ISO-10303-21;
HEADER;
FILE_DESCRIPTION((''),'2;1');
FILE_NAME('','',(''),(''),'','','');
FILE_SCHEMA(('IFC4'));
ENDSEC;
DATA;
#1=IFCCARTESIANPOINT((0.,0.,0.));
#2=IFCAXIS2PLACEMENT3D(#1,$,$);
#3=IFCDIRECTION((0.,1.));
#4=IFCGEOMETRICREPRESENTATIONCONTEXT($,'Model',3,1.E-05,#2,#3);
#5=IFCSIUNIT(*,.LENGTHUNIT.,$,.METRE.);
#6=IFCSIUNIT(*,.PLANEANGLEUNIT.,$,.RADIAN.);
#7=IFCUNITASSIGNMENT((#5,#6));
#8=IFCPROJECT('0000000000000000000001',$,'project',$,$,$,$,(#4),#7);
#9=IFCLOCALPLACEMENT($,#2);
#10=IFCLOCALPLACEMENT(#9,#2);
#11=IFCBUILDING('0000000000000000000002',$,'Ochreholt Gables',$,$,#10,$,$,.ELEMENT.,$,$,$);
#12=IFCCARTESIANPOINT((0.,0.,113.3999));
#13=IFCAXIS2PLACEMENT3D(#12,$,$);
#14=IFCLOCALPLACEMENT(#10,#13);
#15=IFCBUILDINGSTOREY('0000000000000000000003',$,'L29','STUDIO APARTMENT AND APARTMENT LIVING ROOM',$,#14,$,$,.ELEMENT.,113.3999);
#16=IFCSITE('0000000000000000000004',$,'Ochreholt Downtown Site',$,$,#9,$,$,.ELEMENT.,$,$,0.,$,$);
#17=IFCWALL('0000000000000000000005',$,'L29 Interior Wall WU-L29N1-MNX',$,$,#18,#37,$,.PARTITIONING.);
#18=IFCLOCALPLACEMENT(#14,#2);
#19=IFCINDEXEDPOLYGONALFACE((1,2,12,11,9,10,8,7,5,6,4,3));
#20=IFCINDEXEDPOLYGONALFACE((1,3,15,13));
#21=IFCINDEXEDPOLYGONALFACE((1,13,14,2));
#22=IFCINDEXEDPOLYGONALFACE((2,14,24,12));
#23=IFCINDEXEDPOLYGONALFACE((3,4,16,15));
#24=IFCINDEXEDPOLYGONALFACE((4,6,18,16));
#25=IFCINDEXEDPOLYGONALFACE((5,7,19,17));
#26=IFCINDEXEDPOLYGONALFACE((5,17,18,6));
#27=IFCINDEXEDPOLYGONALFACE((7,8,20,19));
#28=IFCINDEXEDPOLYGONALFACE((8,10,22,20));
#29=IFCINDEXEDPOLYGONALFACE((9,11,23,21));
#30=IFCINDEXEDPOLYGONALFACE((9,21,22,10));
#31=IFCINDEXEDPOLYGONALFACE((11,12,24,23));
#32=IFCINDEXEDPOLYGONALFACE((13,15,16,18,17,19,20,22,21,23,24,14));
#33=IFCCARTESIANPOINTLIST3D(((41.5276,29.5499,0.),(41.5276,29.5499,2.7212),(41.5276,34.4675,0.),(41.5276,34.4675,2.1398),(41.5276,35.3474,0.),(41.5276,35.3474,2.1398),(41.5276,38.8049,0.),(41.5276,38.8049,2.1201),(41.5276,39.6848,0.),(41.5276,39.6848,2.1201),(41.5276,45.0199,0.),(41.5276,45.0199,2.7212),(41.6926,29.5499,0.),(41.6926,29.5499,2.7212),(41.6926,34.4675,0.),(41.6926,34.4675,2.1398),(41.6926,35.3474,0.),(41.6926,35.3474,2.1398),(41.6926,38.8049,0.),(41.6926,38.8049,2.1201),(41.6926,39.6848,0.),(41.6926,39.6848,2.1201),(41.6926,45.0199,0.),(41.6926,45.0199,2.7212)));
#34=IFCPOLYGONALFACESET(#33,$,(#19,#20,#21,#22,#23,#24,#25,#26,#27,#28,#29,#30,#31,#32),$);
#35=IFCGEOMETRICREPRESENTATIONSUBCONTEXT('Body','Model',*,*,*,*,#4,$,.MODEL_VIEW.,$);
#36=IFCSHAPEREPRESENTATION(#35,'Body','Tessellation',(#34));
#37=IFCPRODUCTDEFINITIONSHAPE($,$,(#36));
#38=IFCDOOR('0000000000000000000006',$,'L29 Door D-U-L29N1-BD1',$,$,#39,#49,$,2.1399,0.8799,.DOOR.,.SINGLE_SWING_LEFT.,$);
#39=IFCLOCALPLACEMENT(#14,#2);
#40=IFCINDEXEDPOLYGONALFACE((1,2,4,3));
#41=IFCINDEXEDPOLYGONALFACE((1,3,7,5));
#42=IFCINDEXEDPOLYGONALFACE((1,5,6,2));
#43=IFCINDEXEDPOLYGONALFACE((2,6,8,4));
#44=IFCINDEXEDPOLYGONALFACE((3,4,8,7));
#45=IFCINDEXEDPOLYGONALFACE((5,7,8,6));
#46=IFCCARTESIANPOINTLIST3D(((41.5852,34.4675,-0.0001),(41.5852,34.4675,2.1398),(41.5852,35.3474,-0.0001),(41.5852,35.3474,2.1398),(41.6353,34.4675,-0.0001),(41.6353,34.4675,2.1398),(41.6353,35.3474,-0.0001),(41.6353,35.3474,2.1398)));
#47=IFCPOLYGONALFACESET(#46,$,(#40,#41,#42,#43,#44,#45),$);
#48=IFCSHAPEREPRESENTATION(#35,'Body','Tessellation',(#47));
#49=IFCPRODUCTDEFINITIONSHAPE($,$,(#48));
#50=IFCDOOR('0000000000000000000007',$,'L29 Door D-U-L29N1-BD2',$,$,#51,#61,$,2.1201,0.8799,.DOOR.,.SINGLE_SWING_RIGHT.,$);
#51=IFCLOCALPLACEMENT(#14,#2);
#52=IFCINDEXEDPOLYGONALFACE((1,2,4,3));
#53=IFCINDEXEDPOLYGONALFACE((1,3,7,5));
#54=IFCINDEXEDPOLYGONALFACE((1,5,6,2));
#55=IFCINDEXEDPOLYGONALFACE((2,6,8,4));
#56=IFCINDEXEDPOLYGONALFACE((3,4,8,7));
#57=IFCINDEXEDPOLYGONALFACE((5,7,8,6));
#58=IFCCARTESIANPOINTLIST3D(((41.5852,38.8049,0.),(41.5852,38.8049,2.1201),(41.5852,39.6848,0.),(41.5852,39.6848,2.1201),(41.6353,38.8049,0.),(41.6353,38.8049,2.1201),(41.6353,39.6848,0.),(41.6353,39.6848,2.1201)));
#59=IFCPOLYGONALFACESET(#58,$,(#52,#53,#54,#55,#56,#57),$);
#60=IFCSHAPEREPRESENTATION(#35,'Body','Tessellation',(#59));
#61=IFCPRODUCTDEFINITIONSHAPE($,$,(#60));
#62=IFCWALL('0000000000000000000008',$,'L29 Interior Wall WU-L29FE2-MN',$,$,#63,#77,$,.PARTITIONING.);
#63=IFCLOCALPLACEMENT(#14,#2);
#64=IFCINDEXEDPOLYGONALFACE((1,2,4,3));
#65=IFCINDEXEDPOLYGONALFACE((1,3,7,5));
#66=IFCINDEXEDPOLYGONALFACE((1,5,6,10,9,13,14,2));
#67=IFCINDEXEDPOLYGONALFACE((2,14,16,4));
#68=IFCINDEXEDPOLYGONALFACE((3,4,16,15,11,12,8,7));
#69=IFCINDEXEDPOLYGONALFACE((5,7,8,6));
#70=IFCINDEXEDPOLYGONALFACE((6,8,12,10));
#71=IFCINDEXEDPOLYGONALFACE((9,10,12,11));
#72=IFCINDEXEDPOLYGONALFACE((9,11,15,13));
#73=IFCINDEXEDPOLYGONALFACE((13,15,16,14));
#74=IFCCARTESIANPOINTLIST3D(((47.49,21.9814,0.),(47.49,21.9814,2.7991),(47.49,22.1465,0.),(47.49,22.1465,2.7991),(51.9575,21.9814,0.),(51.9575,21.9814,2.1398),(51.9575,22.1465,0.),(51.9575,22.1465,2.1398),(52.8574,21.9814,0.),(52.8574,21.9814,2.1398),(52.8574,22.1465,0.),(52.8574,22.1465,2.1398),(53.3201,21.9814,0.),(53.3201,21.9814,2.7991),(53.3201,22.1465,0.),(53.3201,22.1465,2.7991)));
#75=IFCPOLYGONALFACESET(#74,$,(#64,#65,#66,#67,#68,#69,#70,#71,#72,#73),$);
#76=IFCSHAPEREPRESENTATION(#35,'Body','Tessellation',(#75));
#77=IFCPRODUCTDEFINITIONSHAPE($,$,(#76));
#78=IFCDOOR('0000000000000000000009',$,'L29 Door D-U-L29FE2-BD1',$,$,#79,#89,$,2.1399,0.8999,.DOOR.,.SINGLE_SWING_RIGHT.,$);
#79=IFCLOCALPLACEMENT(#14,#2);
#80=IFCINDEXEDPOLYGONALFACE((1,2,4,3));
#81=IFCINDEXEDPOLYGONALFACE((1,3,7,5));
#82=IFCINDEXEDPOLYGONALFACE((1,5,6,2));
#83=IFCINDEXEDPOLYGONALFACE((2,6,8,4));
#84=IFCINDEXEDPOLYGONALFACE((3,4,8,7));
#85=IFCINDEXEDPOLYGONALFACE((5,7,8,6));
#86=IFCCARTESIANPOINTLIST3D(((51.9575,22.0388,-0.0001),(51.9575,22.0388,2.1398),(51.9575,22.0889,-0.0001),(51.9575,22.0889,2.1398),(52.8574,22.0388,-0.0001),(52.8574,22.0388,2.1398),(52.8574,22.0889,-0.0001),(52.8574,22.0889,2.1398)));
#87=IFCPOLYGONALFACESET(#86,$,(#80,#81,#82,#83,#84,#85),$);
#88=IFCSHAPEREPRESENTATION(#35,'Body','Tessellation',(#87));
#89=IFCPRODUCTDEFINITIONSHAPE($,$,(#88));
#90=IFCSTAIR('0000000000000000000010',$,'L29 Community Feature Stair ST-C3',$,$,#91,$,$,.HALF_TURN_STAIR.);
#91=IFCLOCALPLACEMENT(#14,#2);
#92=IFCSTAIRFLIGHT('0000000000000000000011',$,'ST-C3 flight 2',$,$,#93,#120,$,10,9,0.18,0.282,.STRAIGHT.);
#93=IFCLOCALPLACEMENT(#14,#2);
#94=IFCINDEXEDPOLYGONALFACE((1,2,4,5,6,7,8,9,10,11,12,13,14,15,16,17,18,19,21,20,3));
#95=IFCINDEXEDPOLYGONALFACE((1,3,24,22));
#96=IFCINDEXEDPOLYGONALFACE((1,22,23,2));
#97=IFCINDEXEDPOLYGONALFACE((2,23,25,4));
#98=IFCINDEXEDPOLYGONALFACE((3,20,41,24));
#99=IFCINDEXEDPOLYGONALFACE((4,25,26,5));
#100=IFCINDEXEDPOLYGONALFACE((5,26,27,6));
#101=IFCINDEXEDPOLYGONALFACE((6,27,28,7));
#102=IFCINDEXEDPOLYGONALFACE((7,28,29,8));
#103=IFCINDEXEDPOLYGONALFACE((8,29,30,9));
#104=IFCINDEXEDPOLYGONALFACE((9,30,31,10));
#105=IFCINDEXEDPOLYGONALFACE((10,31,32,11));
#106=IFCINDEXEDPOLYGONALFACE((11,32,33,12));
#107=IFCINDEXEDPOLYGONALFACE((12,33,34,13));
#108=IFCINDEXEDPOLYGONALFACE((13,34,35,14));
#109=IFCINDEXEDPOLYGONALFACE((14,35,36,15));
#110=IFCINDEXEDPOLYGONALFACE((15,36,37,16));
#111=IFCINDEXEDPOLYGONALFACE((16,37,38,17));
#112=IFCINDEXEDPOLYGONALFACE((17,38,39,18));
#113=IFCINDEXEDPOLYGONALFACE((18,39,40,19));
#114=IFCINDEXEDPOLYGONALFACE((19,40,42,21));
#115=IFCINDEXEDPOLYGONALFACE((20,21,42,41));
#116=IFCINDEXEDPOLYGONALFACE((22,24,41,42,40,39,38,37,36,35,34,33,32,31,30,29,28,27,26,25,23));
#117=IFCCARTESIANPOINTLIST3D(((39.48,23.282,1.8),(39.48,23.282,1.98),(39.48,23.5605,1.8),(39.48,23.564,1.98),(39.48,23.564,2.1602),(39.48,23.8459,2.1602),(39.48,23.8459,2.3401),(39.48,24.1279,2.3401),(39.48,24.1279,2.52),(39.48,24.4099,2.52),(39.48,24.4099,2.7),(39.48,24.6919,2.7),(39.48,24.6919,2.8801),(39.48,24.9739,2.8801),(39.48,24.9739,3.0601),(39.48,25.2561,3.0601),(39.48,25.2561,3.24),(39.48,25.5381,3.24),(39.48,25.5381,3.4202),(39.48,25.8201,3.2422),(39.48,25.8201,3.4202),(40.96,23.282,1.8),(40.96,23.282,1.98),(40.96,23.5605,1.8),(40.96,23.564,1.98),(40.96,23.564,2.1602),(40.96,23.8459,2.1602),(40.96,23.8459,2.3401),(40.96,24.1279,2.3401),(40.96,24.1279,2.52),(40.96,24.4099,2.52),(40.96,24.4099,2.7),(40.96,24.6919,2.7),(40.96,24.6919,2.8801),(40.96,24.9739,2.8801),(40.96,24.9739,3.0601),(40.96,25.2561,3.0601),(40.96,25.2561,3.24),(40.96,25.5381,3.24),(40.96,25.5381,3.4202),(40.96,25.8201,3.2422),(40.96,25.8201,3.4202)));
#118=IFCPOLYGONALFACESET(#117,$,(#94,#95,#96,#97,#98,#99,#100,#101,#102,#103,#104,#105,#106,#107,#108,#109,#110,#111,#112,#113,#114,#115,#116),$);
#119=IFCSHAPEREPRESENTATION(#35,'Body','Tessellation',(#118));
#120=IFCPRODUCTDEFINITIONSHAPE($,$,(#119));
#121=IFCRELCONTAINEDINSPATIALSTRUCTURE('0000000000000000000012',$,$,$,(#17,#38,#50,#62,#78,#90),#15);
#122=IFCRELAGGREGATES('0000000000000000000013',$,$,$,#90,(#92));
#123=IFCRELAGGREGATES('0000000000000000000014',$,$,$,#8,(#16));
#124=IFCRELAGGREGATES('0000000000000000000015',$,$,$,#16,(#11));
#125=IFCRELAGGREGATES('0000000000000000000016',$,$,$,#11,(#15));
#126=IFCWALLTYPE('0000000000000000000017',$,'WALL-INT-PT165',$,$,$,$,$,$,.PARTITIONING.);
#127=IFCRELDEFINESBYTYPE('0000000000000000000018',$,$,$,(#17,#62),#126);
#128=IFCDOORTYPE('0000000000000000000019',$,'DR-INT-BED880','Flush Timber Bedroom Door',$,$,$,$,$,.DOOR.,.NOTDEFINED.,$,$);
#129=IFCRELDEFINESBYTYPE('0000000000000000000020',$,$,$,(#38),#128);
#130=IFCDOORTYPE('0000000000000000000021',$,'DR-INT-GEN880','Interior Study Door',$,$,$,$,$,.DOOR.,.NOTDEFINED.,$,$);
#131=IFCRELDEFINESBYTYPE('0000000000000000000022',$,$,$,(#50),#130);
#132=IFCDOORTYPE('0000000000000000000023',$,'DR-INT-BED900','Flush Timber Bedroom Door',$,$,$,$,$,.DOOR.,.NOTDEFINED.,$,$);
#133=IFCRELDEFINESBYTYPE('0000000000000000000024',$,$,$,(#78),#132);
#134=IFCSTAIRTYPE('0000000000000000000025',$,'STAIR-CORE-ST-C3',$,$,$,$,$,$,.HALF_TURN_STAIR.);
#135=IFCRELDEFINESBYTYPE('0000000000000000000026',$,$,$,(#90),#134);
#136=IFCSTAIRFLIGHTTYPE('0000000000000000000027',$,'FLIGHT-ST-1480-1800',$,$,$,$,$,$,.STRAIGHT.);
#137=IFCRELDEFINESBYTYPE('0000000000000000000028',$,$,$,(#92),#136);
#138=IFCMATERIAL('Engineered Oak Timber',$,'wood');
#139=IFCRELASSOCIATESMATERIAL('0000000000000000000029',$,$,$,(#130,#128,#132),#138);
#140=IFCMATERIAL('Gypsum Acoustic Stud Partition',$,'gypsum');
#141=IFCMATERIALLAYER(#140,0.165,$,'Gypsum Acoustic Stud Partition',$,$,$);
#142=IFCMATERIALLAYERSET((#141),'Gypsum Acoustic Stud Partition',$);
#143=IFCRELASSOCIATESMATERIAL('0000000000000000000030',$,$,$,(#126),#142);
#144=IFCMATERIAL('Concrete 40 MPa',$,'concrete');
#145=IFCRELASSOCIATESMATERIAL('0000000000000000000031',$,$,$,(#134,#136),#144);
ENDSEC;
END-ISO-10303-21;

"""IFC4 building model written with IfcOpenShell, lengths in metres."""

from ifc_helpers import new_model, si_unit, direction, frame, frame_2d, origin, place, context, subcontext, project, spatial, polyline, rectangle, outline, extrude, material, layer, layer_set, type_object, element, fill, aggregate, save


model = new_model("IFC4")

# Units and contexts
model_context = context("Model", 3, precision=1e-05, world=origin(), true_north=direction((0.0, 1.0)))
body_context = subcontext(model_context, "Body", "Model", "MODEL_VIEW")
ifc_project = project(units=[si_unit("LENGTHUNIT", "METRE"), si_unit("PLANEANGLEUNIT", "RADIAN")], contexts=[model_context])

# Site, building, storey
site_placement = place(None, origin())
site = spatial("IfcSite", under=ifc_project, at=site_placement, Name="Ochreholt Downtown Site", CompositionType="ELEMENT", RefElevation=0.0)
building_placement = place(site_placement, origin())
building = spatial("IfcBuilding", under=site, at=building_placement, Name="Ochreholt Gables", CompositionType="ELEMENT")
storey_placement = place(building_placement, frame((0.0, 0.0, 113.3999)))
storey = spatial("IfcBuildingStorey", under=building, at=storey_placement, Name="L29", Description="STUDIO APARTMENT AND APARTMENT LIVING ROOM", CompositionType="ELEMENT", Elevation=113.3999)

# Shared definitions
ifc_material_1 = material(Name="Engineered Oak Timber", Category="wood")
door_type_1 = type_object("IfcDoorType", Name="DR-INT-GEN880", Description="Interior Study Door", OperationType="NOTDEFINED", PredefinedType="DOOR", material=ifc_material_1)

# Wall, openings, doors
ifc_material_2 = material(Name="Gypsum Acoustic Stud Partition", Category="gypsum")
ifc_layer_1 = layer(ifc_material_2, 0.165, Name="Gypsum Acoustic Stud Partition")
ifc_layer_set_1 = layer_set([ifc_layer_1], Name="Gypsum Acoustic Stud Partition")
wall_type_1 = type_object("IfcWallType", Name="WALL-INT-PT165", PredefinedType="PARTITIONING", material=ifc_layer_set_1)
wall_1_placement = place(storey_placement, frame((41.6101, 29.55, 0.0), z_axis=(0.0, 0.0, 1.0), x_axis=(0.0, 1.0, 0.0)))
wall_1 = element("IfcWall", 1, at=wall_1_placement, inside=storey, type_object=wall_type_1, Name="L29 Interior Wall WU-L29N1-MNX", PredefinedType="PARTITIONING", context=body_context, shape_type="SweptSolid", body=[
    extrude(rectangle(XDim=15.47, YDim=0.165, at=frame_2d((7.7349, 0.0))), origin(), (0.0, 0.0, 1.0), 2.7212),
])
opening_1_placement = place(wall_1_placement, frame((4.9175, 0.0, 0.0)))
opening_1 = element("IfcOpeningElement", 2, at=opening_1_placement, cuts=wall_1, PredefinedType="OPENING", context=body_context, shape_type="SweptSolid", body=[
    extrude(rectangle(XDim=0.8799, YDim=2.1399, at=frame_2d((0.4399, 1.0698))), frame((0.0, 0.0925, 0.0), z_axis=(0.0, -1.0, 0.0), x_axis=(1.0, 0.0, 0.0)), (0.0, 0.0, 1.0), 0.1851),
])
opening_2_placement = place(wall_1_placement, frame((9.2549, 0.0, 0.0)))
opening_2 = element("IfcOpeningElement", 3, at=opening_2_placement, cuts=wall_1, PredefinedType="OPENING", context=body_context, shape_type="SweptSolid", body=[
    extrude(rectangle(XDim=0.8799, YDim=2.1201, at=frame_2d((0.4399, 1.0601))), frame((0.0, 0.0925, 0.0), z_axis=(0.0, -1.0, 0.0), x_axis=(1.0, 0.0, 0.0)), (0.0, 0.0, 1.0), 0.1851),
])
door_type_2 = type_object("IfcDoorType", Name="DR-INT-BED880", Description="Flush Timber Bedroom Door", OperationType="NOTDEFINED", PredefinedType="DOOR", material=ifc_material_1)
door_1_placement = place(opening_1_placement, origin())
door_1 = element("IfcDoor", 4, at=door_1_placement, inside=storey, type_object=door_type_2, Name="L29 Door D-U-L29N1-BD1", OperationType="SINGLE_SWING_LEFT", OverallHeight=2.1399, OverallWidth=0.8799, PredefinedType="DOOR", context=body_context, shape_type="SweptSolid", body=[
    extrude(rectangle(XDim=0.8799, YDim=2.1399, at=frame_2d((0.4399, 1.0698))), frame((0.0, 0.0249, 0.0), z_axis=(0.0, -1.0, 0.0), x_axis=(1.0, 0.0, 0.0)), (0.0, 0.0, 1.0), 0.05),
])
fill(opening_1, door_1)
door_2_placement = place(opening_2_placement, origin())
door_2 = element("IfcDoor", 5, at=door_2_placement, inside=storey, type_object=door_type_1, Name="L29 Door D-U-L29N1-BD2", OperationType="SINGLE_SWING_RIGHT", OverallHeight=2.1201, OverallWidth=0.8799, PredefinedType="DOOR", context=body_context, shape_type="SweptSolid", body=[
    extrude(rectangle(XDim=0.8799, YDim=2.1201, at=frame_2d((0.4399, 1.0601))), frame((0.0, 0.0249, 0.0), z_axis=(0.0, -1.0, 0.0), x_axis=(1.0, 0.0, 0.0)), (0.0, 0.0, 1.0), 0.05),
])
fill(opening_2, door_2)

# Wall, opening, door
wall_2_placement = place(storey_placement, frame((47.49, 22.064, 0.0), z_axis=(0.0, 0.0, 1.0), x_axis=(1.0, 0.0, 0.0)))
wall_2 = element("IfcWall", 6, at=wall_2_placement, inside=storey, type_object=wall_type_1, Name="L29 Interior Wall WU-L29FE2-MN", PredefinedType="PARTITIONING", context=body_context, shape_type="SweptSolid", body=[
    extrude(rectangle(XDim=5.8301, YDim=0.165, at=frame_2d((2.915, 0.0))), origin(), (0.0, 0.0, 1.0), 2.7991),
])
opening_3_placement = place(wall_2_placement, frame((4.4675, 0.0, 0.0)))
opening_3 = element("IfcOpeningElement", 7, at=opening_3_placement, cuts=wall_2, PredefinedType="OPENING", context=body_context, shape_type="SweptSolid", body=[
    extrude(rectangle(XDim=0.8999, YDim=2.1399, at=frame_2d((0.45, 1.0698))), frame((0.0, 0.0925, 0.0), z_axis=(0.0, -1.0, 0.0), x_axis=(1.0, 0.0, 0.0)), (0.0, 0.0, 1.0), 0.1851),
])
door_type_3 = type_object("IfcDoorType", Name="DR-INT-BED900", Description="Flush Timber Bedroom Door", OperationType="NOTDEFINED", PredefinedType="DOOR", material=ifc_material_1)
door_3_placement = place(opening_3_placement, origin())
door_3 = element("IfcDoor", 8, at=door_3_placement, inside=storey, type_object=door_type_3, Name="L29 Door D-U-L29FE2-BD1", OperationType="SINGLE_SWING_RIGHT", OverallHeight=2.1399, OverallWidth=0.8999, PredefinedType="DOOR", context=body_context, shape_type="SweptSolid", body=[
    extrude(rectangle(XDim=0.8999, YDim=2.1399, at=frame_2d((0.45, 1.0698))), frame((0.0, 0.0249, 0.0), z_axis=(0.0, -1.0, 0.0), x_axis=(1.0, 0.0, 0.0)), (0.0, 0.0, 1.0), 0.05),
])
fill(opening_3, door_3)

# Stair, stair flight
ifc_material_3 = material(Name="Concrete 40 MPa", Category="concrete")
stair_type = type_object("IfcStairType", Name="STAIR-CORE-ST-C3", PredefinedType="HALF_TURN_STAIR", material=ifc_material_3)
stair_placement = place(storey_placement, origin())
stair = element("IfcStair", 9, at=stair_placement, inside=storey, type_object=stair_type, Name="L29 Community Feature Stair ST-C3", PredefinedType="HALF_TURN_STAIR")
stair_flight_type = type_object("IfcStairFlightType", Name="FLIGHT-ST-1480-1800", PredefinedType="STRAIGHT", material=ifc_material_3)
stair_flight_placement = place(storey_placement, frame((40.22, 23.282, 1.8), z_axis=(0.0, 0.0, 1.0), x_axis=(0.0, 1.0, 0.0)))
stair_flight = element("IfcStairFlight", 10, at=stair_flight_placement, type_object=stair_flight_type, Name="ST-C3 flight 2", NumberOfRisers=10, NumberOfTreads=9, PredefinedType="STRAIGHT", RiserHeight=0.18, TreadLength=0.282, context=body_context, shape_type="SweptSolid", body=[
    extrude(outline(polyline([(0.0, 0.0), (0.0, 0.1799), (0.282, 0.1799), (0.282, 0.3601), (0.564, 0.3601), (0.564, 0.54), (0.8459, 0.54), (0.8459, 0.72), (1.1279, 0.72), (1.1279, 0.8999), (1.4099, 0.8999), (1.4099, 1.0801), (1.6919, 1.0801), (1.6919, 1.26), (1.9741, 1.26), (1.9741, 1.4399), (2.2561, 1.4399), (2.2561, 1.6201), (2.5381, 1.6201), (2.5381, 1.8), (2.5381, 1.4421), (0.2786, 0.0), (0.0, 0.0)])), frame((0.0, 0.74, 0.0), z_axis=(0.0, -1.0, 0.0), x_axis=(1.0, 0.0, 0.0)), (0.0, 0.0, 1.0), 1.48),
])
aggregate(stair, [stair_flight])

save(model, "model.ifc")
